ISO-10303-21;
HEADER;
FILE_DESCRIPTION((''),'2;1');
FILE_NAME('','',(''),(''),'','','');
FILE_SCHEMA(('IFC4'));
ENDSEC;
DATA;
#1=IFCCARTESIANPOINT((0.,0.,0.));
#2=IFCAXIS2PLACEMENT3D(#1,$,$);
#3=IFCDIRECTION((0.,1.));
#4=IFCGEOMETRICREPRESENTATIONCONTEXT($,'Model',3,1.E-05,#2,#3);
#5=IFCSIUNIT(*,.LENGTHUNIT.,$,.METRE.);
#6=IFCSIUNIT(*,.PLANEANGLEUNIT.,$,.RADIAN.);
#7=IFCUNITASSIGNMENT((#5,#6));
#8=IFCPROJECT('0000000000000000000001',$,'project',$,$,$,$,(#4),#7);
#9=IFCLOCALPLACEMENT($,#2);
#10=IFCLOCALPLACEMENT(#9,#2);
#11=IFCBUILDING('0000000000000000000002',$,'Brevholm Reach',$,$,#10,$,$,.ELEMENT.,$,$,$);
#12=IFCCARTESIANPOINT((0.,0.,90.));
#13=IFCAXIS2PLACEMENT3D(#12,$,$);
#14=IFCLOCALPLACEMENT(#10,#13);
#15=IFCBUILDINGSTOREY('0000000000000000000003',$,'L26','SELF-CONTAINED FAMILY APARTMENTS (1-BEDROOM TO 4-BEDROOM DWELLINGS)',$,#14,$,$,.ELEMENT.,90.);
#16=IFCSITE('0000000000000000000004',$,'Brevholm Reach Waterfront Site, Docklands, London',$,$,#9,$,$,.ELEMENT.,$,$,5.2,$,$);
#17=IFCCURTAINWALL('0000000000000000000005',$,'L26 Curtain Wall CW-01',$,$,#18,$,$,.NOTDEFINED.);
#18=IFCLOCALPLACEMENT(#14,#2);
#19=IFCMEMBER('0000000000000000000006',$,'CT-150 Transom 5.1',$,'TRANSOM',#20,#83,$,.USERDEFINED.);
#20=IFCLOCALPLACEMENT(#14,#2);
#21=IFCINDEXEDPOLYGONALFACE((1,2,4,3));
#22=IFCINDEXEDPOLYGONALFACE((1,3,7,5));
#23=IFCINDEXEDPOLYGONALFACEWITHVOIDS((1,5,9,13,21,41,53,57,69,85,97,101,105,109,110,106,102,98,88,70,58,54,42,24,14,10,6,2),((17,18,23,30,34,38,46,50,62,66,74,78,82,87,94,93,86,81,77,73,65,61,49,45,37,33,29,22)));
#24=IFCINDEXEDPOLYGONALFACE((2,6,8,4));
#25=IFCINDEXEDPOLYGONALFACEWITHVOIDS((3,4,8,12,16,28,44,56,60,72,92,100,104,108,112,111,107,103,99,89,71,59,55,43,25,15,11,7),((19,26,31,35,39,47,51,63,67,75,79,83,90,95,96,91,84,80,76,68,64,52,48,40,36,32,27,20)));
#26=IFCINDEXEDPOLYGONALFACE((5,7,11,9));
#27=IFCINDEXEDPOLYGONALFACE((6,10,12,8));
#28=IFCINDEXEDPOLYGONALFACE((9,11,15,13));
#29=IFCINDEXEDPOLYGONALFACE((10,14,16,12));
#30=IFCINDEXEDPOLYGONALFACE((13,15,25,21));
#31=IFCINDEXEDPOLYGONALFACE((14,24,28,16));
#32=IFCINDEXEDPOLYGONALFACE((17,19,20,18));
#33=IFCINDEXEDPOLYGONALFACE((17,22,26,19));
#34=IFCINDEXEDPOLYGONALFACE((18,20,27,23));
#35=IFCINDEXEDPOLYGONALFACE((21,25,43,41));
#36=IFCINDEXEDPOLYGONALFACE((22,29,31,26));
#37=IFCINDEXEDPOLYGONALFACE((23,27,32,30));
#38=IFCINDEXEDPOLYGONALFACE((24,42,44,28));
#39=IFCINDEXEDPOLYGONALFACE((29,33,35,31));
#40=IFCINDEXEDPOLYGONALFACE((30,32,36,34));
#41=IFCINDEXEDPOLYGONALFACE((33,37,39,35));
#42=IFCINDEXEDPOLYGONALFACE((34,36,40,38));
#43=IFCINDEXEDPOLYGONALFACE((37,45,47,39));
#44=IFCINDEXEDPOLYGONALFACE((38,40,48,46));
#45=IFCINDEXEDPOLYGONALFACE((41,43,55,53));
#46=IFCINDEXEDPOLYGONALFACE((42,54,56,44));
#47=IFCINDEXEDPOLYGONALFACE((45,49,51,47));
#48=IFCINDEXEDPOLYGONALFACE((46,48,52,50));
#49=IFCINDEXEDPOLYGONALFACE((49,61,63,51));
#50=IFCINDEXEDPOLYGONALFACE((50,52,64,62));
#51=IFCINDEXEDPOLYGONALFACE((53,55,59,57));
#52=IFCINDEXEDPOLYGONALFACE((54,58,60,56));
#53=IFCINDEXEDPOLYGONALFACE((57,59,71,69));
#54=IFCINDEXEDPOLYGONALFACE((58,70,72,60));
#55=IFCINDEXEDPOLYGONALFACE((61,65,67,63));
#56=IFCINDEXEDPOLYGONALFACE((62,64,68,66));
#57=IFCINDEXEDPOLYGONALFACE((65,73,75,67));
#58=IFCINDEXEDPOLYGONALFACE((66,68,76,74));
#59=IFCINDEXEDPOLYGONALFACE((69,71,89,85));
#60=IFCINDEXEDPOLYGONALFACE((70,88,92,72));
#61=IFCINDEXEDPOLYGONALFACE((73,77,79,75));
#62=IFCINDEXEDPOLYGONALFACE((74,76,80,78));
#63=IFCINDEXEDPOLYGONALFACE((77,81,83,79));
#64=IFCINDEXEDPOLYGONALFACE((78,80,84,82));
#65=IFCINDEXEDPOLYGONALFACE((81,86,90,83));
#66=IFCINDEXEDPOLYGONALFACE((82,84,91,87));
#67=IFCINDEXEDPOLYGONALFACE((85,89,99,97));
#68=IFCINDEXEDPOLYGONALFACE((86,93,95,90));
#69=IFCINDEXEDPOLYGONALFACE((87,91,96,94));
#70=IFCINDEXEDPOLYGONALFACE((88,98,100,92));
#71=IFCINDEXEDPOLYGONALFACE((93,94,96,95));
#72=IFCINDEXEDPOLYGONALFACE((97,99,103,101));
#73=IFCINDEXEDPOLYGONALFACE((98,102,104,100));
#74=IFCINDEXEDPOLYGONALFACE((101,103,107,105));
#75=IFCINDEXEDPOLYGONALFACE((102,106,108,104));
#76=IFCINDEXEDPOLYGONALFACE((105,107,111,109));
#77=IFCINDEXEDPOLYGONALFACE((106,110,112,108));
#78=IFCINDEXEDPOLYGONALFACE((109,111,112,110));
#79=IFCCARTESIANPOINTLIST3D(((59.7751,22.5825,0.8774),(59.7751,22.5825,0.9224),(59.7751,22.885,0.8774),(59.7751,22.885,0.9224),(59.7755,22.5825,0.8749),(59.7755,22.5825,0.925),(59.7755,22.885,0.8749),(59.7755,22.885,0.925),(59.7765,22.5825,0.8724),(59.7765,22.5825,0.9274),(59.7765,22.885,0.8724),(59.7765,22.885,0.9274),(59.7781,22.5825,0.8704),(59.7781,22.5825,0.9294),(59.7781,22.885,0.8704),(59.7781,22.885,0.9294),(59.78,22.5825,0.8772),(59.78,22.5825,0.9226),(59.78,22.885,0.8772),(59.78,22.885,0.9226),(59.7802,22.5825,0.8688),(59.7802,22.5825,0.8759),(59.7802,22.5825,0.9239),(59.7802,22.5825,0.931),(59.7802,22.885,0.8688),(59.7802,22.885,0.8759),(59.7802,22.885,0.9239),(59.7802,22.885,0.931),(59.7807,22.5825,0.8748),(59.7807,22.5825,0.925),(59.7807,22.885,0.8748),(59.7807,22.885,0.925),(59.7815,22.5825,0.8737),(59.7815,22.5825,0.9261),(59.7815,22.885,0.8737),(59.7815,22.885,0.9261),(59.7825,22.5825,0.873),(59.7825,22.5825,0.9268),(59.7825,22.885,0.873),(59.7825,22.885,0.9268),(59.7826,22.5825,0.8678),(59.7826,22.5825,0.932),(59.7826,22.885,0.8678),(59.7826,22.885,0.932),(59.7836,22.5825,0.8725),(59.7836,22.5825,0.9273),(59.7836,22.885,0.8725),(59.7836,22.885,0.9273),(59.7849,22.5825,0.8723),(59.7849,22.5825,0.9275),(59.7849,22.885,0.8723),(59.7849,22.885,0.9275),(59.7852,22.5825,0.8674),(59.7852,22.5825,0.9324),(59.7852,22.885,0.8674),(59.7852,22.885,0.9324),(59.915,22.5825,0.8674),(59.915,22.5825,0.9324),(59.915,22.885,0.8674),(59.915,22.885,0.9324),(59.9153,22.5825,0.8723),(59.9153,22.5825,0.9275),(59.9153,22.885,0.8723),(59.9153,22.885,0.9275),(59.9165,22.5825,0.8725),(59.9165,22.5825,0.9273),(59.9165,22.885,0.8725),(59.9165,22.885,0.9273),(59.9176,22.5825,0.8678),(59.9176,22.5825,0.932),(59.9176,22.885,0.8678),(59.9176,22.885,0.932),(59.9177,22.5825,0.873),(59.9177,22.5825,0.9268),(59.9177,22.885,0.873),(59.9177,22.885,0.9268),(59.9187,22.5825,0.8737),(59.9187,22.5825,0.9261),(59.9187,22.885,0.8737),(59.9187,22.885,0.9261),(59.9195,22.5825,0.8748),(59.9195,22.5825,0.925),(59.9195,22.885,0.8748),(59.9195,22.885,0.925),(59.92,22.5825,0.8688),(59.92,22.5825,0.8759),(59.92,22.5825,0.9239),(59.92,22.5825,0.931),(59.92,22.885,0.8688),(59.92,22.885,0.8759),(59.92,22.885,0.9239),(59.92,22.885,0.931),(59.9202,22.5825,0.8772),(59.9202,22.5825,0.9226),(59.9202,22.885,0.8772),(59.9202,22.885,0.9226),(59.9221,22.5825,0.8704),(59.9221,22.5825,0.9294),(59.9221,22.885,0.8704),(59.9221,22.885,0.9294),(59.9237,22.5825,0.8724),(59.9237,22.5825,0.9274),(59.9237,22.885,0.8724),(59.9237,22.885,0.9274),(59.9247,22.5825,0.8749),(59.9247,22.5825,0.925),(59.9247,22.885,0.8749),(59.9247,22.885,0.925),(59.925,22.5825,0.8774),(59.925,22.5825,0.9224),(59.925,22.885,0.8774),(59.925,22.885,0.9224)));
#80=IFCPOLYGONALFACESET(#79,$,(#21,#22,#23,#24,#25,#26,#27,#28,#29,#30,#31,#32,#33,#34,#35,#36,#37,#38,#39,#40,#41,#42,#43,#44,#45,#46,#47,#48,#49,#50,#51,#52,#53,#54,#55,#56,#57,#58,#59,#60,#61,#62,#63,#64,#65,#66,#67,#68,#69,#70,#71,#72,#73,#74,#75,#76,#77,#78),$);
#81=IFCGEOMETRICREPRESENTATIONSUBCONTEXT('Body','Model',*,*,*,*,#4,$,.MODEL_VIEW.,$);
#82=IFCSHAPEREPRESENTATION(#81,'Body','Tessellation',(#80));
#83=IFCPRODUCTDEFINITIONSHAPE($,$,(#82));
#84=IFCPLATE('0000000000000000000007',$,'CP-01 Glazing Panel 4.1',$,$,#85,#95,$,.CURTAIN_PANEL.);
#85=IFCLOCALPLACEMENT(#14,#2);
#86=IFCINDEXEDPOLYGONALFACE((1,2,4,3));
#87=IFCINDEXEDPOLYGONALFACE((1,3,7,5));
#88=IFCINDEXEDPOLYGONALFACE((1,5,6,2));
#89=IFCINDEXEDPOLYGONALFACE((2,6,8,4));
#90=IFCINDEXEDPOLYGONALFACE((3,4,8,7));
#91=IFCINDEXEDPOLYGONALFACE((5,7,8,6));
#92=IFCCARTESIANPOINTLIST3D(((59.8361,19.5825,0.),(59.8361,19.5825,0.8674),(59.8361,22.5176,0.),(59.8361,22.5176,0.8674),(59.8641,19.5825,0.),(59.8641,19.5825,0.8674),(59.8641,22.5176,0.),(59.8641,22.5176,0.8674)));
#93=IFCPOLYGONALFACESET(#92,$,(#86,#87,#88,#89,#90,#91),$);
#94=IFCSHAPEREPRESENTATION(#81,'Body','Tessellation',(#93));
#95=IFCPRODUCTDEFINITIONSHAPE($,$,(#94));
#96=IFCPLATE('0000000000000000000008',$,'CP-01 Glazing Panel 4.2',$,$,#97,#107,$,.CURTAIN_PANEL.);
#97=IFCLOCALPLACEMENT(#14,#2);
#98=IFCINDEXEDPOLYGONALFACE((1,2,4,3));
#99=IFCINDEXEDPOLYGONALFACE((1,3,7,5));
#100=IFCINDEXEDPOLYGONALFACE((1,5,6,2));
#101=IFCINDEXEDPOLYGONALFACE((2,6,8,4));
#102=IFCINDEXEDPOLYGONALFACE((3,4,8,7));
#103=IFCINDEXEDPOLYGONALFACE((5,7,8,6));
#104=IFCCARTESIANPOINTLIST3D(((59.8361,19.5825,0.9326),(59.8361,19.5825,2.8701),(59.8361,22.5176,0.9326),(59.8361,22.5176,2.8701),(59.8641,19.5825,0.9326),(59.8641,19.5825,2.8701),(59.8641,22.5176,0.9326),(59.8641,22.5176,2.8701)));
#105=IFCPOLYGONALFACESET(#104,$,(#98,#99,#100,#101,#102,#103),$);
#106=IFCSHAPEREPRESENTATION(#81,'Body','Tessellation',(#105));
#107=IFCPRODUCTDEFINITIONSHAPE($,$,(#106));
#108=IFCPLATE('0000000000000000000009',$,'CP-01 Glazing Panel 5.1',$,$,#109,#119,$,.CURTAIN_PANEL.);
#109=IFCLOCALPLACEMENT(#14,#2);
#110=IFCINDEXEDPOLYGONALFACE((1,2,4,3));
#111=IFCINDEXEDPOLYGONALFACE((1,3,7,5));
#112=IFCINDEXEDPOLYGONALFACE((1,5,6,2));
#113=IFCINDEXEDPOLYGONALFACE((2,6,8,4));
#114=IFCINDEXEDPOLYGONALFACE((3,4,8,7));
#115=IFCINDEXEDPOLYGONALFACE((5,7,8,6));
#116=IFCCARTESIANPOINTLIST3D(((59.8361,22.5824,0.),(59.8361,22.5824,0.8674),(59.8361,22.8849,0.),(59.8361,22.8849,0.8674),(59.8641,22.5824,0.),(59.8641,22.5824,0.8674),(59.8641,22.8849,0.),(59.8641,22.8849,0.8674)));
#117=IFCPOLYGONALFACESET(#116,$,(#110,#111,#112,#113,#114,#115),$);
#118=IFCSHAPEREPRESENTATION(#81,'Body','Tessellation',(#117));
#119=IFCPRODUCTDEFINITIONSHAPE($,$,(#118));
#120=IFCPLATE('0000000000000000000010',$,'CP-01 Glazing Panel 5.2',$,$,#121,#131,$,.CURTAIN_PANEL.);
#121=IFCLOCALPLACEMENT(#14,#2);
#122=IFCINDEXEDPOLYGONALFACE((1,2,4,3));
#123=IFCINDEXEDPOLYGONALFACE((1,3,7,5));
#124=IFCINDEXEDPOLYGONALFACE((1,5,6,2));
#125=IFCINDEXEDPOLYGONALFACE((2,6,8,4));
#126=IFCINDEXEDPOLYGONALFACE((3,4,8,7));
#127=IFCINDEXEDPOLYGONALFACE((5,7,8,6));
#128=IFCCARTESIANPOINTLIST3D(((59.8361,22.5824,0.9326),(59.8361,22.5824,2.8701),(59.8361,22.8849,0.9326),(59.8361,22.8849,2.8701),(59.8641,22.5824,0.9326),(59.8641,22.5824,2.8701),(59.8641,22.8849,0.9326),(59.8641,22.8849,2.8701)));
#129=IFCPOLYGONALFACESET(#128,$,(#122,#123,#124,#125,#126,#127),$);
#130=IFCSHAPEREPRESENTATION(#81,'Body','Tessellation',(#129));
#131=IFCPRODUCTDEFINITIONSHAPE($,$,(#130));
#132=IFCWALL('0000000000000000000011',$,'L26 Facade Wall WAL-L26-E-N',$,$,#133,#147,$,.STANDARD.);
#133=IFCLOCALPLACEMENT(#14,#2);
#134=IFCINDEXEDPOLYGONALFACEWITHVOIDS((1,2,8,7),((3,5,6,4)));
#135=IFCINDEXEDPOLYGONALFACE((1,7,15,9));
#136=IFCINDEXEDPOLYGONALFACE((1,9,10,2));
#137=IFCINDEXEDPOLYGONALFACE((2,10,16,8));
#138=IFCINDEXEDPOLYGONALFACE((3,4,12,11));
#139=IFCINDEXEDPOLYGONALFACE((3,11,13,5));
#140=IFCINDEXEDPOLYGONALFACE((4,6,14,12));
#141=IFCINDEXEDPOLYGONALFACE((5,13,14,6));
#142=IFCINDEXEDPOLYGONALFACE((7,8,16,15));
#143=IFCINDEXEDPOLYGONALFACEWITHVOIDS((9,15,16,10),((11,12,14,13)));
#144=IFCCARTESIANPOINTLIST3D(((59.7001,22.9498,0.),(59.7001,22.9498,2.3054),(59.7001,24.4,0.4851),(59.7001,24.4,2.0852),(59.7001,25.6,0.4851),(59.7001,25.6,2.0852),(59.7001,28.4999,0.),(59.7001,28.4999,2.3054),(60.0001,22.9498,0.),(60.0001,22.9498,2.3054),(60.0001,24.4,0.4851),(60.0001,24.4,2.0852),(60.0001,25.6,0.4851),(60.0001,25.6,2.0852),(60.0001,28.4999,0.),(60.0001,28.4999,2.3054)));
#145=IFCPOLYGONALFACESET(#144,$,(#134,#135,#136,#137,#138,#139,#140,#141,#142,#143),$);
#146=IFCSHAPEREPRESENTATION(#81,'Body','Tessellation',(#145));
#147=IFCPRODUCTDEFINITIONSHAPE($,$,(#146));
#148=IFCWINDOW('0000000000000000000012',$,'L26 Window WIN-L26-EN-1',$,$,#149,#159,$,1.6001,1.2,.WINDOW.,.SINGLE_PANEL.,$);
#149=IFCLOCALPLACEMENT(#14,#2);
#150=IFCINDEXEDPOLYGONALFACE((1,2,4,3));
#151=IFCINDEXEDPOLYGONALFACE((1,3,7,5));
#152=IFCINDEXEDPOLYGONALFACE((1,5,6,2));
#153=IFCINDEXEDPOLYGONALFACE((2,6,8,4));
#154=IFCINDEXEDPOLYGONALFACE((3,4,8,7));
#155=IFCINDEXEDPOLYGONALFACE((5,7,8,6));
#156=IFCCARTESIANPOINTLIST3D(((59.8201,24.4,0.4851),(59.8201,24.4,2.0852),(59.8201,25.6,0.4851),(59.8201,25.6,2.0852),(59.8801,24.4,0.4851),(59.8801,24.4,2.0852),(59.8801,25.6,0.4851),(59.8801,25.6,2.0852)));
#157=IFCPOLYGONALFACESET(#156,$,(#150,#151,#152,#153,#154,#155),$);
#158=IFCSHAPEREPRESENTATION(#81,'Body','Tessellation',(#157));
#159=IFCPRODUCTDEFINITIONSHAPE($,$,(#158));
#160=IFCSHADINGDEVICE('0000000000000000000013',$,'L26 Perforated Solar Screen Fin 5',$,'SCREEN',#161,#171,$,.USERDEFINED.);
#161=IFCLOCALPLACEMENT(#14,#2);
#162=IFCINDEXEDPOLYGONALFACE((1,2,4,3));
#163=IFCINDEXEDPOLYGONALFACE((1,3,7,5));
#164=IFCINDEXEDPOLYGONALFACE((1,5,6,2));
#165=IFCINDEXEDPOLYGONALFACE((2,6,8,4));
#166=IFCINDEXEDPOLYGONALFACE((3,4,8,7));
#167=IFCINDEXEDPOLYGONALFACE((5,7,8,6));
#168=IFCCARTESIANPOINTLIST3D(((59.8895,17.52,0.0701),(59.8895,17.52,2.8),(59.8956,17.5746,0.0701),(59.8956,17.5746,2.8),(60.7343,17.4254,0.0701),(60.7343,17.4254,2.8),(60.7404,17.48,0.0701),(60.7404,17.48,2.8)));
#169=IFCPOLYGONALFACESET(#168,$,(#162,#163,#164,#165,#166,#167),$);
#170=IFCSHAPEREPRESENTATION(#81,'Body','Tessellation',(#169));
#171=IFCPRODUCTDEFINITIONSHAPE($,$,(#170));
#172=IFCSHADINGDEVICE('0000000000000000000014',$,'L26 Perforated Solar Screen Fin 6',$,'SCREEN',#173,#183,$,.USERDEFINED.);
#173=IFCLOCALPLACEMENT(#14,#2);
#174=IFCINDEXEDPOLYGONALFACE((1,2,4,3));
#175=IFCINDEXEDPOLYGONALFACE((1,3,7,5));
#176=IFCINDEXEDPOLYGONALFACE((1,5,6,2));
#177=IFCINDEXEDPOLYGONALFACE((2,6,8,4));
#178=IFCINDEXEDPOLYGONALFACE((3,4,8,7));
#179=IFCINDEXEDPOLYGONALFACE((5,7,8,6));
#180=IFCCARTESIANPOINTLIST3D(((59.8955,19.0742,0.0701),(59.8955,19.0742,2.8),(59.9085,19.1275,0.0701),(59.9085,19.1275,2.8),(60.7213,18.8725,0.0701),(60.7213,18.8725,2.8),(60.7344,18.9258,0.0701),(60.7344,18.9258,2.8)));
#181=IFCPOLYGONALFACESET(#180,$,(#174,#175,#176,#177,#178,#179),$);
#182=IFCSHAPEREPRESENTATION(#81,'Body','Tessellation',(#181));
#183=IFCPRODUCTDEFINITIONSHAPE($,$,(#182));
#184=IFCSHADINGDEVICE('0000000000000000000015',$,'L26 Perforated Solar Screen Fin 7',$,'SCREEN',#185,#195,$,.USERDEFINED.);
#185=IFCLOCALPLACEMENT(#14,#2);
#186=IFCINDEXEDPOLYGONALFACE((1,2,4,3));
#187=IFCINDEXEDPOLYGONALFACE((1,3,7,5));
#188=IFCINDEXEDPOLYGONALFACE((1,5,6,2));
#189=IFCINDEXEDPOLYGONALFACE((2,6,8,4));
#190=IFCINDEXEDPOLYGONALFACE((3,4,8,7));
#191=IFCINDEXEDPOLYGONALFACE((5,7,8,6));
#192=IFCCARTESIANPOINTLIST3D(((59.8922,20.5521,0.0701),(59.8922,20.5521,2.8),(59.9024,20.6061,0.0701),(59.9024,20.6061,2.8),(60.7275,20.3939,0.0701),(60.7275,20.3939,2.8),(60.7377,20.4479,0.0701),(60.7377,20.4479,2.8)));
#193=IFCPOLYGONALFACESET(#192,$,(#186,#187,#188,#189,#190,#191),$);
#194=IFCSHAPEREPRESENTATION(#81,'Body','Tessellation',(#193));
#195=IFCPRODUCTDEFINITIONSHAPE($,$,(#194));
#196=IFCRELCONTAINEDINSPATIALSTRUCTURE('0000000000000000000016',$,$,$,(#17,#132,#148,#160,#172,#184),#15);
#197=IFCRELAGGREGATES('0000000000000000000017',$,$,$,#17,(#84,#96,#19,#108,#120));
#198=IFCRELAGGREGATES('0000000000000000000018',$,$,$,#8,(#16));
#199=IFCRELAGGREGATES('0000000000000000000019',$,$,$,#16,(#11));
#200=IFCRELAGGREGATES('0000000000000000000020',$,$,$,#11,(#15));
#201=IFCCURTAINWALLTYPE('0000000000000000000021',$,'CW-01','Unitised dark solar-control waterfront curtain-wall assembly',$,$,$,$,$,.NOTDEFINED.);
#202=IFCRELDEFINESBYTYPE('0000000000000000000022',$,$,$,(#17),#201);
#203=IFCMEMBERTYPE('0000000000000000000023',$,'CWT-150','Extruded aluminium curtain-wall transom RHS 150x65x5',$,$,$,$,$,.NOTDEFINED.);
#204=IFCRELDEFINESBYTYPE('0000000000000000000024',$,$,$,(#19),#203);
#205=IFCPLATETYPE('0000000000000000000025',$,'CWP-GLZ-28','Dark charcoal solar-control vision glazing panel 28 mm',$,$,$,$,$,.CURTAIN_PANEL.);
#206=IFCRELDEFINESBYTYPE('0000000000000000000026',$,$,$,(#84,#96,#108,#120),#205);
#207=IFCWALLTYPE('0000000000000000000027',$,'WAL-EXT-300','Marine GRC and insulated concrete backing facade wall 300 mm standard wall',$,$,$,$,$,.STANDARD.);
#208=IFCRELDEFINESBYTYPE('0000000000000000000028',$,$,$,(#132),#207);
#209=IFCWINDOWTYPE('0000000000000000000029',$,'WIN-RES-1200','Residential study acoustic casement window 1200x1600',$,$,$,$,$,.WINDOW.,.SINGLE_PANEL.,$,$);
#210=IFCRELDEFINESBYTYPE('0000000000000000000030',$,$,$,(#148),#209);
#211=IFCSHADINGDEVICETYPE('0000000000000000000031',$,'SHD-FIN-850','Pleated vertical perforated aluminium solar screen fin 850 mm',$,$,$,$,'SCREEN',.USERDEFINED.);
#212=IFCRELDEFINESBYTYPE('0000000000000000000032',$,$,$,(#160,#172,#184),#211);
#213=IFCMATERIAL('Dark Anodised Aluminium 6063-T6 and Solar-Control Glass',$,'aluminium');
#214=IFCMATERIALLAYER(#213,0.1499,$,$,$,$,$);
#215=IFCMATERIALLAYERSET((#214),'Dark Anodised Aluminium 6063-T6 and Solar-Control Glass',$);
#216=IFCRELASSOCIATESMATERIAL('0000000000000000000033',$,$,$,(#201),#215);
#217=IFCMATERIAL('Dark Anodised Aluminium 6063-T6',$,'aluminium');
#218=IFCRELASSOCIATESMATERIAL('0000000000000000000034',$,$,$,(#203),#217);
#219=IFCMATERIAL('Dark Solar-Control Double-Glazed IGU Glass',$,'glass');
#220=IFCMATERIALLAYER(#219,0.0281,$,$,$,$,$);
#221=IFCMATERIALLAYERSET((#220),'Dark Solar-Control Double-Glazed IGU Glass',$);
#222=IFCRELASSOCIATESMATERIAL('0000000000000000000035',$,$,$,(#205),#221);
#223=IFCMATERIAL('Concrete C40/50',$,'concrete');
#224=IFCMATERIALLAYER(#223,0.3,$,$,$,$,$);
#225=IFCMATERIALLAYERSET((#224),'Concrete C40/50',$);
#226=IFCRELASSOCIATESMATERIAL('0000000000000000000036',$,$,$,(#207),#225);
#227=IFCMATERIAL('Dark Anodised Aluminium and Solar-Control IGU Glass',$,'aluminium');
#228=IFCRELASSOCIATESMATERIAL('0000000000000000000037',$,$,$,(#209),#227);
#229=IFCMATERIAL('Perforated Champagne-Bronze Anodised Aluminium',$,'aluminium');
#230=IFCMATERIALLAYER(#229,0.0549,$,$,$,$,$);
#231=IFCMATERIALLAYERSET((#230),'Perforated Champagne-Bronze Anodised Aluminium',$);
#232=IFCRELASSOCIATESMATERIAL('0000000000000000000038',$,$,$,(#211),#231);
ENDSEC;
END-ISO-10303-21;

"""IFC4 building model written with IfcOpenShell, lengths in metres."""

from ifc_helpers import new_model, si_unit, direction, frame, frame_2d, origin, origin_2d, place, context, subcontext, project, spatial, rectangle, hollow_rectangle, extrude, material, layer, layer_set, material_profile, profile_set, type_object, element, fill, aggregate, save


model = new_model("IFC4")

# Units and contexts
model_context = context("Model", 3, precision=1e-05, world=origin(), true_north=direction((0.0, 1.0)))
body_context = subcontext(model_context, "Body", "Model", "MODEL_VIEW")
ifc_project = project(units=[si_unit("LENGTHUNIT", "METRE"), si_unit("PLANEANGLEUNIT", "RADIAN")], contexts=[model_context])

# Site, building, storey
site_placement = place(None, origin())
site = spatial("IfcSite", under=ifc_project, at=site_placement, Name="Brevholm Reach Waterfront Site, Docklands, London", CompositionType="ELEMENT", RefElevation=5.2)
building_placement = place(site_placement, origin())
building = spatial("IfcBuilding", under=site, at=building_placement, Name="Brevholm Reach", CompositionType="ELEMENT")
storey_placement = place(building_placement, frame((0.0, 0.0, 90.0)))
storey = spatial("IfcBuildingStorey", under=building, at=storey_placement, Name="L26", Description="SELF-CONTAINED FAMILY APARTMENTS (1-BEDROOM TO 4-BEDROOM DWELLINGS)", CompositionType="ELEMENT", Elevation=90.0)

# Curtain wall, member, plates
ifc_material_1 = material(Name="Dark Anodised Aluminium 6063-T6 and Solar-Control Glass", Category="aluminium")
ifc_layer_1 = layer(ifc_material_1, 0.1499)
ifc_layer_set_1 = layer_set([ifc_layer_1], Name="Dark Anodised Aluminium 6063-T6 and Solar-Control Glass")
curtain_wall_type = type_object("IfcCurtainWallType", Name="CW-01", Description="Unitised dark solar-control waterfront curtain-wall assembly", PredefinedType="NOTDEFINED", material=ifc_layer_set_1)
curtain_wall_placement = place(storey_placement, origin())
curtain_wall = element("IfcCurtainWall", 1, at=curtain_wall_placement, inside=storey, type_object=curtain_wall_type, Name="L26 Curtain Wall CW-01", PredefinedType="NOTDEFINED")
ifc_material_2 = material(Name="Dark Anodised Aluminium 6063-T6", Category="aluminium")
ifc_material_profile_1 = material_profile(ifc_material_2, hollow_rectangle(XDim=0.0649, YDim=0.1499, WallThickness=0.0049, InnerFilletRadius=0.0049, OuterFilletRadius=0.01, at=origin_2d()), Name="RHS 150x65x5")
ifc_profile_set_1 = profile_set([ifc_material_profile_1], Name="Dark Anodised Aluminium 6063-T6")
member_type_1 = type_object("IfcMemberType", Name="CWT-150", Description="Extruded aluminium curtain-wall transom RHS 150x65x5", PredefinedType="NOTDEFINED", material=ifc_profile_set_1)
member_1_placement = place(storey_placement, frame((59.8501, 22.5825, 0.8999), z_axis=(0.0, 1.0, 0.0), x_axis=(0.0, 0.0, 1.0)))
member_1 = element("IfcMember", 2, at=member_1_placement, type_object=member_type_1, Name="CT-150 Transom 5.1", ObjectType="TRANSOM", PredefinedType="USERDEFINED", context=body_context, shape_type="SweptSolid", body=[
    extrude(hollow_rectangle(XDim=0.0649, YDim=0.1499, WallThickness=0.0049, InnerFilletRadius=0.0049, OuterFilletRadius=0.01, at=origin_2d()), origin(), (0.0, 0.0, 1.0), 0.3025),
])
ifc_material_3 = material(Name="Dark Solar-Control Double-Glazed IGU Glass", Category="glass")
ifc_layer_2 = layer(ifc_material_3, 0.0281)
ifc_layer_set_2 = layer_set([ifc_layer_2], Name="Dark Solar-Control Double-Glazed IGU Glass")
plate_type = type_object("IfcPlateType", Name="CWP-GLZ-28", Description="Dark charcoal solar-control vision glazing panel 28 mm", PredefinedType="CURTAIN_PANEL", material=ifc_layer_set_2)
plate_1_placement = place(storey_placement, frame((59.8501, 21.05, 0.0), z_axis=(0.0, 0.0, 1.0), x_axis=(0.0, 1.0, 0.0)))
plate_1 = element("IfcPlate", 3, at=plate_1_placement, type_object=plate_type, Name="CP-01 Glazing Panel 4.1", PredefinedType="CURTAIN_PANEL", context=body_context, shape_type="SweptSolid", body=[
    extrude(rectangle(XDim=2.9351, YDim=0.0281, at=origin_2d()), origin(), (0.0, 0.0, 1.0), 0.8674),
])
plate_2_placement = place(storey_placement, frame((59.8501, 21.05, 0.9326), z_axis=(0.0, 0.0, 1.0), x_axis=(0.0, 1.0, 0.0)))
plate_2 = element("IfcPlate", 4, at=plate_2_placement, type_object=plate_type, Name="CP-01 Glazing Panel 4.2", PredefinedType="CURTAIN_PANEL", context=body_context, shape_type="SweptSolid", body=[
    extrude(rectangle(XDim=2.9351, YDim=0.0281, at=origin_2d()), origin(), (0.0, 0.0, 1.0), 1.9375),
])
plate_3_placement = place(storey_placement, frame((59.8501, 22.7336, 0.0), z_axis=(0.0, 0.0, 1.0), x_axis=(0.0, 1.0, 0.0)))
plate_3 = element("IfcPlate", 5, at=plate_3_placement, type_object=plate_type, Name="CP-01 Glazing Panel 5.1", PredefinedType="CURTAIN_PANEL", context=body_context, shape_type="SweptSolid", body=[
    extrude(rectangle(XDim=0.3025, YDim=0.0281, at=origin_2d()), origin(), (0.0, 0.0, 1.0), 0.8674),
])
plate_4_placement = place(storey_placement, frame((59.8501, 22.7336, 0.9326), z_axis=(0.0, 0.0, 1.0), x_axis=(0.0, 1.0, 0.0)))
plate_4 = element("IfcPlate", 6, at=plate_4_placement, type_object=plate_type, Name="CP-01 Glazing Panel 5.2", PredefinedType="CURTAIN_PANEL", context=body_context, shape_type="SweptSolid", body=[
    extrude(rectangle(XDim=0.3025, YDim=0.0281, at=origin_2d()), origin(), (0.0, 0.0, 1.0), 1.9375),
])
aggregate(curtain_wall, [plate_1, plate_2, member_1, plate_3, plate_4])

# Wall, opening, window
ifc_material_4 = material(Name="Concrete C40/50", Category="concrete")
ifc_layer_3 = layer(ifc_material_4, 0.3)
ifc_layer_set_3 = layer_set([ifc_layer_3], Name="Concrete C40/50")
wall_type = type_object("IfcWallType", Name="WAL-EXT-300", Description="Marine GRC and insulated concrete backing facade wall 300 mm standard wall", PredefinedType="STANDARD", material=ifc_layer_set_3)
wall_placement = place(storey_placement, frame((59.8501, 22.95, 0.0), z_axis=(0.0, 0.0, 1.0), x_axis=(0.0, 1.0, 0.0)))
wall = element("IfcWall", 7, at=wall_placement, inside=storey, type_object=wall_type, Name="L26 Facade Wall WAL-L26-E-N", PredefinedType="STANDARD", context=body_context, shape_type="SweptSolid", body=[
    extrude(rectangle(XDim=5.55, YDim=0.3, at=frame_2d((2.7749, 0.0))), origin(), (0.0, 0.0, 1.0), 2.3054),
])
opening_placement = place(wall_placement, frame((1.45, 0.0, 0.4851)))
opening = element("IfcOpeningElement", 8, at=opening_placement, cuts=wall, PredefinedType="OPENING", context=body_context, shape_type="SweptSolid", body=[
    extrude(rectangle(XDim=1.2, YDim=1.6001, at=frame_2d((0.6001, 0.8))), frame((0.0, 0.1599, 0.0), z_axis=(0.0, -1.0, 0.0), x_axis=(1.0, 0.0, 0.0)), (0.0, 0.0, 1.0), 0.3201),
])
ifc_material_5 = material(Name="Dark Anodised Aluminium and Solar-Control IGU Glass", Category="aluminium")
window_type = type_object("IfcWindowType", Name="WIN-RES-1200", Description="Residential study acoustic casement window 1200x1600", PartitioningType="SINGLE_PANEL", PredefinedType="WINDOW", material=ifc_material_5)
window_placement = place(opening_placement, origin())
window = element("IfcWindow", 9, at=window_placement, inside=storey, type_object=window_type, Name="L26 Window WIN-L26-EN-1", OverallHeight=1.6001, OverallWidth=1.2, PartitioningType="SINGLE_PANEL", PredefinedType="WINDOW", context=body_context, shape_type="SweptSolid", body=[
    extrude(rectangle(XDim=1.2, YDim=1.6001, at=frame_2d((0.6001, 0.8))), frame((0.0, 0.03, 0.0), z_axis=(0.0, -1.0, 0.0), x_axis=(1.0, 0.0, 0.0)), (0.0, 0.0, 1.0), 0.0601),
])
fill(opening, window)

# Shading devices
ifc_material_6 = material(Name="Perforated Champagne-Bronze Anodised Aluminium", Category="aluminium")
ifc_layer_4 = layer(ifc_material_6, 0.0549)
ifc_layer_set_4 = layer_set([ifc_layer_4], Name="Perforated Champagne-Bronze Anodised Aluminium")
shading_device_type = type_object("IfcShadingDeviceType", Name="SHD-FIN-850", Description="Pleated vertical perforated aluminium solar screen fin 850 mm", ElementType="SCREEN", PredefinedType="USERDEFINED", material=ifc_layer_set_4)
for number, where, z_axis, x_axis, name in (
    (10, (60.3149, 17.5, 0.0701), (0.0, 0.0, 1.0), (0.993785, -0.111313, 0.0), "L26 Perforated Solar Screen Fin 5"),
    (11, (60.3149, 19.0, 0.0701), (0.0, 0.0, 1.0), (0.971454, -0.237228, 0.0), "L26 Perforated Solar Screen Fin 6"),
    (12, (60.3149, 20.5, 0.0701), (0.0, 0.0, 1.0), (0.982541, -0.186044, 0.0), "L26 Perforated Solar Screen Fin 7"),
):
    element("IfcShadingDevice", number, at=place(storey_placement, frame(where, z_axis=z_axis, x_axis=x_axis)), inside=storey, type_object=shading_device_type, Name=name, ObjectType="SCREEN", PredefinedType="USERDEFINED", context=body_context, shape_type="SweptSolid", body=[
        extrude(rectangle(XDim=0.8501, YDim=0.0549, at=origin_2d()), origin(), (0.0, 0.0, 1.0), 2.73),
    ])

save(model, "model.ifc")
